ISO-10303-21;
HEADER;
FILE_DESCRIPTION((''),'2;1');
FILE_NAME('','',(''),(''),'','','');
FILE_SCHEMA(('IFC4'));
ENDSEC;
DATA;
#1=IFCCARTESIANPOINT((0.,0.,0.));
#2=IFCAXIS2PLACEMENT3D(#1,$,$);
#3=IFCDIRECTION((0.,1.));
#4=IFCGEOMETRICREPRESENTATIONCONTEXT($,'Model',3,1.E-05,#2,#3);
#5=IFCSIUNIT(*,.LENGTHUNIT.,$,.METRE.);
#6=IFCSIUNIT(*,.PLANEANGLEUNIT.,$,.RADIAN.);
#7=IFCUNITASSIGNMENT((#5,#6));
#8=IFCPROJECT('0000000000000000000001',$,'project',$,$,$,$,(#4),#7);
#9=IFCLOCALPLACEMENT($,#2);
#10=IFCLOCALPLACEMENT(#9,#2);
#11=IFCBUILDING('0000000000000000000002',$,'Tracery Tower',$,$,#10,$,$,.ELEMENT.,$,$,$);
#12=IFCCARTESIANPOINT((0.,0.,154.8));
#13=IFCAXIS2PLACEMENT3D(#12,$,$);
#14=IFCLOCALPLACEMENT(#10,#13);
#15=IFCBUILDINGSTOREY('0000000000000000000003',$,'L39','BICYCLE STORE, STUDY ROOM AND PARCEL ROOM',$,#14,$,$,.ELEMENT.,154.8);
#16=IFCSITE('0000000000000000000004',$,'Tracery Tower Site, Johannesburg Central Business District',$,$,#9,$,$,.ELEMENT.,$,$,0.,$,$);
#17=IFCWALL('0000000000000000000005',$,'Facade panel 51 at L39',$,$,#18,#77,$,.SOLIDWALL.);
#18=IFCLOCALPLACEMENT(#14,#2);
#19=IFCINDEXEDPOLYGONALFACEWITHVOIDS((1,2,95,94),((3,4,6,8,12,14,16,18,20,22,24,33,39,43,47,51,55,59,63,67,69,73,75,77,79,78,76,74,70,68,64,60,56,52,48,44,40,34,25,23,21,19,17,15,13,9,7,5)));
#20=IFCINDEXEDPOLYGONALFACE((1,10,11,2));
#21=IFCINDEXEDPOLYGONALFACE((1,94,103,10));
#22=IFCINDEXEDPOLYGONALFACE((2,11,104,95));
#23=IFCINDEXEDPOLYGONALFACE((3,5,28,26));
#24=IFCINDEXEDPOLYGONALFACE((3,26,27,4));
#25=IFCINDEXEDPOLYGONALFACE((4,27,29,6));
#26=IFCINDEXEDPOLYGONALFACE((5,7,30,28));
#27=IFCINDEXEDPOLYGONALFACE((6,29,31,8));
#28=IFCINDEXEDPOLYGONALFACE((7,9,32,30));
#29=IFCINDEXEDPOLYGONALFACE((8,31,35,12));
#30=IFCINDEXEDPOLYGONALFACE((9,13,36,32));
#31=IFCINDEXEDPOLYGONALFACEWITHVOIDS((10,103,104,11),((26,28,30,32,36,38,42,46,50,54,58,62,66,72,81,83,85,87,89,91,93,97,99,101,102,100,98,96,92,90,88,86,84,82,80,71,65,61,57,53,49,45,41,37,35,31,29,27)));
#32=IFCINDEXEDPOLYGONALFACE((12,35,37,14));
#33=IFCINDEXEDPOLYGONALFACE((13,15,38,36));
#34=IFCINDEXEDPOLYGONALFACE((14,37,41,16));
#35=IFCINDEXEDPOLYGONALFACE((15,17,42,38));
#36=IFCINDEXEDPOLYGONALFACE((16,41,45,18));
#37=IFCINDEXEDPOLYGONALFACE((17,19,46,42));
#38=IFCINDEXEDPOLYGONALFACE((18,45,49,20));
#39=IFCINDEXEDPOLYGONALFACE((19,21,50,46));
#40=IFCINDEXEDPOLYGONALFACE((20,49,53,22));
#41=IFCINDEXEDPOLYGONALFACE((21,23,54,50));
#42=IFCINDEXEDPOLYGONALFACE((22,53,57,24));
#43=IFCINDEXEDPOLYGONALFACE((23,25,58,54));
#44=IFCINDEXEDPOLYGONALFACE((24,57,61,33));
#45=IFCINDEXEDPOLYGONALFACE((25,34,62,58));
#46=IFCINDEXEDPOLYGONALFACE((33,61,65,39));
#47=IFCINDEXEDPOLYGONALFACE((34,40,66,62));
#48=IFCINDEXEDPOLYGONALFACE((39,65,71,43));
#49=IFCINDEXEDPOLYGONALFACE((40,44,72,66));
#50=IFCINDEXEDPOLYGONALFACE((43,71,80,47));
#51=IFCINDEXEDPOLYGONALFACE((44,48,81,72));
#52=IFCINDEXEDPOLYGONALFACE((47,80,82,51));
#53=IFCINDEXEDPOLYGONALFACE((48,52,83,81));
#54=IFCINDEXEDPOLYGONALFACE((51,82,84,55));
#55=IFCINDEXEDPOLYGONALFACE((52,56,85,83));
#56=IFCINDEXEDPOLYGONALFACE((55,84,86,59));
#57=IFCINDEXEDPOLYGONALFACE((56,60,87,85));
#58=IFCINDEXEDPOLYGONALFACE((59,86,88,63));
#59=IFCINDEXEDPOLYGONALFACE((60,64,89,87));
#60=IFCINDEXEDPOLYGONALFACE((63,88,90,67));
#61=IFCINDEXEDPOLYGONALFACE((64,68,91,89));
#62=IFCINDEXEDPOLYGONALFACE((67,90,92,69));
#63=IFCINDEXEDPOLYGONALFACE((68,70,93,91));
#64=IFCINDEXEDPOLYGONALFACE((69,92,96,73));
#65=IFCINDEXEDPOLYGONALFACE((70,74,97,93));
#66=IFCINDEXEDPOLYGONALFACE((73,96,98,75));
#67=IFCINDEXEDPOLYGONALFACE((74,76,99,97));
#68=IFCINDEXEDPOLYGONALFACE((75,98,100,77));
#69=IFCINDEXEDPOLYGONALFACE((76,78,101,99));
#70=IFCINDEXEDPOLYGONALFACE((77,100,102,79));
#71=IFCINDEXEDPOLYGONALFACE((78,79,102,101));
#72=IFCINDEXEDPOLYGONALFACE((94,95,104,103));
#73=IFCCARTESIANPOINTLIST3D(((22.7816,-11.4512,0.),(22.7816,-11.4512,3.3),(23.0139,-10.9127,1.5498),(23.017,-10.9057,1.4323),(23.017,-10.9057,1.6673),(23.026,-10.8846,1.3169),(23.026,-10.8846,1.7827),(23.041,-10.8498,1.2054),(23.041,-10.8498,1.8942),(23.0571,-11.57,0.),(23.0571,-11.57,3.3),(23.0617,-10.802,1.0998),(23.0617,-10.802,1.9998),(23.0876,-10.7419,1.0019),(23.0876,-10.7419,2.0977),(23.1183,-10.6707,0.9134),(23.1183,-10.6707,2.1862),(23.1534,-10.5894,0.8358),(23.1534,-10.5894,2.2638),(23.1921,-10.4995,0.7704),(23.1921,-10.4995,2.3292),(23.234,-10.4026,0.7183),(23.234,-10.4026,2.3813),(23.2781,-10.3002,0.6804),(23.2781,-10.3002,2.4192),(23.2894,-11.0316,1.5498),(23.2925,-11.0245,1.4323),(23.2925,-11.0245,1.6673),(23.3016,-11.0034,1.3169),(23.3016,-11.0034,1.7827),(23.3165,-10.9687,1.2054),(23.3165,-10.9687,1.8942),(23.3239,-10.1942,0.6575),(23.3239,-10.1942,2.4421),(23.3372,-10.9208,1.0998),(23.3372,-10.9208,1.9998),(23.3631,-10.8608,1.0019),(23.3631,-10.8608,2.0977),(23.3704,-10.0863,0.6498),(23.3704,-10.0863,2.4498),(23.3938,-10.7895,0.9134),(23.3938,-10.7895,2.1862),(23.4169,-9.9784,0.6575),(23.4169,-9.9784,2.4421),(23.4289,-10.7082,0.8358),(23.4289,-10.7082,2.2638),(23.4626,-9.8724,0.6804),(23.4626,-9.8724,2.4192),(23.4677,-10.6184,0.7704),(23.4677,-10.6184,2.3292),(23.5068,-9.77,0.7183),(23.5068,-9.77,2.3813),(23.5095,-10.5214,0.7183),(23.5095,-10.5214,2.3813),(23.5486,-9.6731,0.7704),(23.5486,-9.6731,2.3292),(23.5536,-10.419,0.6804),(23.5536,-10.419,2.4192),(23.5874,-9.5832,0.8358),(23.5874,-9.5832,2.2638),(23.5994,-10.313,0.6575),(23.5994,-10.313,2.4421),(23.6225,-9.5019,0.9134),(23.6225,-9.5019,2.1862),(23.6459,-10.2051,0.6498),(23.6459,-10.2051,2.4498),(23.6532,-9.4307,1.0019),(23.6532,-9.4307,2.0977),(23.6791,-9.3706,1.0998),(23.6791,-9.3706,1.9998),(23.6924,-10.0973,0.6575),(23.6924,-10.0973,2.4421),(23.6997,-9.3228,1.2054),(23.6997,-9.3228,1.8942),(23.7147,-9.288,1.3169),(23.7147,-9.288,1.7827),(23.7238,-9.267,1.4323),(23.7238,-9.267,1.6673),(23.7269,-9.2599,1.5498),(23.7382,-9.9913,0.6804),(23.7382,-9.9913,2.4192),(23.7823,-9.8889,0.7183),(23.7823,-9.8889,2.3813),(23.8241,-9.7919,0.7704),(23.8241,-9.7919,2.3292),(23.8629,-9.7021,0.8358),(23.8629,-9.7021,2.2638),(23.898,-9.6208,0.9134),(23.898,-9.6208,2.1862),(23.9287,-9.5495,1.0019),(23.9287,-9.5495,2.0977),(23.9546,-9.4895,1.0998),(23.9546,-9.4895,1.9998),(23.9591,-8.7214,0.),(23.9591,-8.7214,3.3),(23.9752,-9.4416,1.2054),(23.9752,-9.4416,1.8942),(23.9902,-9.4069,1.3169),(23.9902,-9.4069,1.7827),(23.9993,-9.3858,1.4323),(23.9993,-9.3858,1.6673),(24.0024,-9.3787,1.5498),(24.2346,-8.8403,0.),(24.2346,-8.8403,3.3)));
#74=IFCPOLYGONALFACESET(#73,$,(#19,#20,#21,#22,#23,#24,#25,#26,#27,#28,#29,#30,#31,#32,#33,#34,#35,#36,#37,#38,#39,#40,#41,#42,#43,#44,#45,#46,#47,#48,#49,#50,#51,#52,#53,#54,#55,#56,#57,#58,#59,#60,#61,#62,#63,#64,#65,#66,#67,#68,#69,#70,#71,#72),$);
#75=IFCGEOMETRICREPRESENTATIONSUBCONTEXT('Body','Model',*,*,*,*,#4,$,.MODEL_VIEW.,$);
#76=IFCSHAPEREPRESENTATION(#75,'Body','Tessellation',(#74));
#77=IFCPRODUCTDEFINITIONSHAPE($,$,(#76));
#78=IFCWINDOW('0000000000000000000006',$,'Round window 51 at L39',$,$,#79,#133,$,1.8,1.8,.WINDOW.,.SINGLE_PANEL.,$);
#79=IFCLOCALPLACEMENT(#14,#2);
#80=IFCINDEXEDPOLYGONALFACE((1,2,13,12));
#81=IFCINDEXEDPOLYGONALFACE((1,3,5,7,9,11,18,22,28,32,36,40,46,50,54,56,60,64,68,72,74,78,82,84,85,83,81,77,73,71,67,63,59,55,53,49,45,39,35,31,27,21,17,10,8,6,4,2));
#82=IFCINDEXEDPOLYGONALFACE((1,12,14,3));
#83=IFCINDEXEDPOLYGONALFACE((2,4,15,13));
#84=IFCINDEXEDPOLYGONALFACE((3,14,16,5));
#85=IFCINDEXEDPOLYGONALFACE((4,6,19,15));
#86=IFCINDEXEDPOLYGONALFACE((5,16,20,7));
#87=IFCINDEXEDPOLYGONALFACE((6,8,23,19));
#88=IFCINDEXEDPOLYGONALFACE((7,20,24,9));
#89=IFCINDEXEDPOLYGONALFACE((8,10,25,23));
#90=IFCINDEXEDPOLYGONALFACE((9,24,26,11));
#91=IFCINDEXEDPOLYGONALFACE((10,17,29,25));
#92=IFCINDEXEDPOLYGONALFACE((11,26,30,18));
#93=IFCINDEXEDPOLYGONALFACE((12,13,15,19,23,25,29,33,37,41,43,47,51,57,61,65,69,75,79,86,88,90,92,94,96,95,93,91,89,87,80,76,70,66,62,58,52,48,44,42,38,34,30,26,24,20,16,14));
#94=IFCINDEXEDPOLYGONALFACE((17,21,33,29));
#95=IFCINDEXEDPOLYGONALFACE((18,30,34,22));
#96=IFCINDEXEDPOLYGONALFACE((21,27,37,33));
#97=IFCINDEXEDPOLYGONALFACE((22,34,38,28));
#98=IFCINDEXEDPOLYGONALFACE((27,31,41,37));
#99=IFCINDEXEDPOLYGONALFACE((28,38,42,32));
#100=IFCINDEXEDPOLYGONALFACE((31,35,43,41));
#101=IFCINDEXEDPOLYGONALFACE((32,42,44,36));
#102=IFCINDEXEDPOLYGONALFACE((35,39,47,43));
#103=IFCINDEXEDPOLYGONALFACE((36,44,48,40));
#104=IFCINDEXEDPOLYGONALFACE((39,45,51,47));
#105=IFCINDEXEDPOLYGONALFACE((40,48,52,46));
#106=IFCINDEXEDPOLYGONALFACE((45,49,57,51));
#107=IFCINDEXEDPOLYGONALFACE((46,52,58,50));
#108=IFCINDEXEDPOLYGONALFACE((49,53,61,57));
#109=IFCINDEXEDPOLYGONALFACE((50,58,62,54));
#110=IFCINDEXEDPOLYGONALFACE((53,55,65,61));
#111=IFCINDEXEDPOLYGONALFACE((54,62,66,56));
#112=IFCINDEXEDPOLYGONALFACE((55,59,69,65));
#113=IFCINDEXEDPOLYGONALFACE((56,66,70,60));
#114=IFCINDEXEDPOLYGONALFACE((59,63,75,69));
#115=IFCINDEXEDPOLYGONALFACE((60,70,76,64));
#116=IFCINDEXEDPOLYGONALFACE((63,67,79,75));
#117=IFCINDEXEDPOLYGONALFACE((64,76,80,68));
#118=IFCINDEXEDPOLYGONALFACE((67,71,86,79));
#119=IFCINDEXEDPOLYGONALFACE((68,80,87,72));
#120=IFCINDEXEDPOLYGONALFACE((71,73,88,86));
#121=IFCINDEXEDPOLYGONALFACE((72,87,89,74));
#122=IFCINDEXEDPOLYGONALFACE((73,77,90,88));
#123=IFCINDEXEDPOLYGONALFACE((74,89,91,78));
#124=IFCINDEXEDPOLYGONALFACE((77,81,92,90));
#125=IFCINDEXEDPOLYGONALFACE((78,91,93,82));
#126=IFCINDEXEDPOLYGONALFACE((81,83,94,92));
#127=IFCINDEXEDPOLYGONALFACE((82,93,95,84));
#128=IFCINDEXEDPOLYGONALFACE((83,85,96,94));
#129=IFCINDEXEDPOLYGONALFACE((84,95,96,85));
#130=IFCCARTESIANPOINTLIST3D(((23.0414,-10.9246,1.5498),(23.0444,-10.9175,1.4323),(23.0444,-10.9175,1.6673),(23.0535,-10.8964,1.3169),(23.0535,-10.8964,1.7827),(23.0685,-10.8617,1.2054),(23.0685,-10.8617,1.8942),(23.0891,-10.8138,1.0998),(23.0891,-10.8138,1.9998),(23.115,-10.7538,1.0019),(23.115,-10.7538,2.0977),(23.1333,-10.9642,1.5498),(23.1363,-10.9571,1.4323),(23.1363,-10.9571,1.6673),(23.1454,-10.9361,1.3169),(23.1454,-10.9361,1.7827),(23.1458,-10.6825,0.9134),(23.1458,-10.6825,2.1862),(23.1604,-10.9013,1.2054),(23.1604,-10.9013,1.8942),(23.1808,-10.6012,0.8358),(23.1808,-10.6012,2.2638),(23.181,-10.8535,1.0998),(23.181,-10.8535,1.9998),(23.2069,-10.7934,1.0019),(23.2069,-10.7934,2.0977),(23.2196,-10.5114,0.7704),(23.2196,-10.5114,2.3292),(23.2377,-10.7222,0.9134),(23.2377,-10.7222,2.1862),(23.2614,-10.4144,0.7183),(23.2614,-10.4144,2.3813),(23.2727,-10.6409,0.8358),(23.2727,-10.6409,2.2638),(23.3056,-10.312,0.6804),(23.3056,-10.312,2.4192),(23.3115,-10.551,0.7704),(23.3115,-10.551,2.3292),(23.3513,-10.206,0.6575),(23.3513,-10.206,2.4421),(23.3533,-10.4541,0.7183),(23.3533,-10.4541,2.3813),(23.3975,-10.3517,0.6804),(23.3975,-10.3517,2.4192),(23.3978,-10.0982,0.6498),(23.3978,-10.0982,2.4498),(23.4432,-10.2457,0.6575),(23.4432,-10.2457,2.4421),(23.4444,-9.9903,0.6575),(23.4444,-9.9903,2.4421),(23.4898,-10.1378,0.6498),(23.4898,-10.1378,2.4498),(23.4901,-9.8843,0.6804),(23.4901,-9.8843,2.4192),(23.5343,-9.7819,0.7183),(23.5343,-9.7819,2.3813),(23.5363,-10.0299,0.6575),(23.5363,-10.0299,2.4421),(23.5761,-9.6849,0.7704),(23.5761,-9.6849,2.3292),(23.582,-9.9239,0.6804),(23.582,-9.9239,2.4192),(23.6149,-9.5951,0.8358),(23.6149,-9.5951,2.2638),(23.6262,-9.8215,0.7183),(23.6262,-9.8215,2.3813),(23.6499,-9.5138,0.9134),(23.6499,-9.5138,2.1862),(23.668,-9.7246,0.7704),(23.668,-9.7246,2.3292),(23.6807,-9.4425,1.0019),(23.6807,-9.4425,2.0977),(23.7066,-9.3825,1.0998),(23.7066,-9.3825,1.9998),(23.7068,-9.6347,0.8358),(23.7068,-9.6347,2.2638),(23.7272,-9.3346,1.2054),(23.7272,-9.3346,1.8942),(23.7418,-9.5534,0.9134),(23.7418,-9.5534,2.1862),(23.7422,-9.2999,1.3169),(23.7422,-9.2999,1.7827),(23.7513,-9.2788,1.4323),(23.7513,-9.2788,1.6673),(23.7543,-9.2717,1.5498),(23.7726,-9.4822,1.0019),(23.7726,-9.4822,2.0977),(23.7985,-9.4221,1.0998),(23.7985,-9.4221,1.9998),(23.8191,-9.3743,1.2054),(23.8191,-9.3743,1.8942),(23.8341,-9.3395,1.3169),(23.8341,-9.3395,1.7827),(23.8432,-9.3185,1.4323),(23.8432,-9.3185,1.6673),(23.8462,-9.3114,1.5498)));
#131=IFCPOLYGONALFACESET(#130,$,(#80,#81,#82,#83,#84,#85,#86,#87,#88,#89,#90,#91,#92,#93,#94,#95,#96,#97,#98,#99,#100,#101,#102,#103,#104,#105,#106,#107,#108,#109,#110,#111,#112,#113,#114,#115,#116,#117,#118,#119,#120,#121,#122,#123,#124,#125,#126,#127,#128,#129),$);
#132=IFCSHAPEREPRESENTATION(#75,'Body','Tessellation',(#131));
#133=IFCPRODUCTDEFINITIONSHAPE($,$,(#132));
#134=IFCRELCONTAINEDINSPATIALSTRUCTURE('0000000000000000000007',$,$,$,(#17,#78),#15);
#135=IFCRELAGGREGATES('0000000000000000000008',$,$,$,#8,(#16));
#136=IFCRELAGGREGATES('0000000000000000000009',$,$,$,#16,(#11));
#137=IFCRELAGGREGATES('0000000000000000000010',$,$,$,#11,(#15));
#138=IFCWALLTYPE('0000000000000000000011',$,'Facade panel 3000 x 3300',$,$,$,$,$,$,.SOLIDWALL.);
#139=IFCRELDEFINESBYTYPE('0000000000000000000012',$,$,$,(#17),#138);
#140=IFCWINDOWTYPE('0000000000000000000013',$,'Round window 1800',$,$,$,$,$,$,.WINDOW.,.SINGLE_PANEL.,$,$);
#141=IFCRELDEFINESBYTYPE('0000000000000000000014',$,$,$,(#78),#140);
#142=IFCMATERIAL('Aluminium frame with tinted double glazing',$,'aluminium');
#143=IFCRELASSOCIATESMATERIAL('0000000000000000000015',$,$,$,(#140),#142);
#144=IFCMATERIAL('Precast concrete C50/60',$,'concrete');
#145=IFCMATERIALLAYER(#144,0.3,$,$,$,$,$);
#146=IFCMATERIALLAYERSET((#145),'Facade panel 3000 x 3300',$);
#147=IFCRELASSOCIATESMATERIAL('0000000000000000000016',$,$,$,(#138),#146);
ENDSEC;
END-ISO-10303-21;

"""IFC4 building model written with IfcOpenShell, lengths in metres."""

from ifc_helpers import new_model, si_unit, direction, frame, frame_2d, origin, origin_2d, place, context, subcontext, project, spatial, rectangle, circle, extrude, material, layer, layer_set, type_object, element, fill, save


model = new_model("IFC4")

# Units and contexts
model_context = context("Model", 3, precision=1e-05, world=origin(), true_north=direction((0.0, 1.0)))
body_context = subcontext(model_context, "Body", "Model", "MODEL_VIEW")
ifc_project = project(units=[si_unit("LENGTHUNIT", "METRE"), si_unit("PLANEANGLEUNIT", "RADIAN")], contexts=[model_context])

# Site, building, storey
site_placement = place(None, origin())
site = spatial("IfcSite", under=ifc_project, at=site_placement, Name="Tracery Tower Site, Johannesburg Central Business District", CompositionType="ELEMENT", RefElevation=0.0)
building_placement = place(site_placement, origin())
building = spatial("IfcBuilding", under=site, at=building_placement, Name="Tracery Tower", CompositionType="ELEMENT")
storey_placement = place(building_placement, frame((0.0, 0.0, 154.8)))
storey = spatial("IfcBuildingStorey", under=building, at=storey_placement, Name="L39", Description="BICYCLE STORE, STUDY ROOM AND PARCEL ROOM", CompositionType="ELEMENT", Elevation=154.8)

# Wall, opening, window
ifc_material_1 = material(Name="Aluminium frame with tinted double glazing", Category="aluminium")
window_type = type_object("IfcWindowType", Name="Round window 1800", PartitioningType="SINGLE_PANEL", PredefinedType="WINDOW", material=ifc_material_1)
ifc_material_2 = material(Name="Precast concrete C50/60", Category="concrete")
ifc_layer_1 = layer(ifc_material_2, 0.3)
ifc_layer_set_1 = layer_set([ifc_layer_1], Name="Facade panel 3000 x 3300")
wall_type_1 = type_object("IfcWallType", Name="Facade panel 3000 x 3300", PredefinedType="SOLIDWALL", material=ifc_layer_set_1)
wall_1_placement = place(storey_placement, frame((22.9194, -11.5105, 0.0), z_axis=(0.0, 0.0, 1.0), x_axis=(0.396079, 0.918216, 0.0)))
wall_1 = element("IfcWall", 1, at=wall_1_placement, inside=storey, type_object=wall_type_1, Name="Facade panel 51 at L39", PredefinedType="SOLIDWALL", context=body_context, shape_type="SweptSolid", body=[
    extrude(rectangle(XDim=2.9729, YDim=0.3, at=frame_2d((1.4863, 0.0))), origin(), (0.0, 0.0, 1.0), 3.3),
])
opening_1_placement = place(wall_1_placement, frame((1.4863, 0.0, 1.5498)))
opening_1 = element("IfcOpeningElement", 2, at=opening_1_placement, cuts=wall_1, PredefinedType="OPENING", context=body_context, shape_type="SweptSolid", body=[
    extrude(circle(Radius=0.9, at=origin_2d()), frame((0.0, 0.1599, 0.0), z_axis=(0.0, -1.0, 0.0), x_axis=(1.0, 0.0, 0.0)), (0.0, 0.0, 1.0), 0.3201),
])
window_1_placement = place(opening_1_placement, origin())
window_1 = element("IfcWindow", 3, at=window_1_placement, inside=storey, type_object=window_type, Name="Round window 51 at L39", OverallHeight=1.8, OverallWidth=1.8, PartitioningType="SINGLE_PANEL", PredefinedType="WINDOW", context=body_context, shape_type="SweptSolid", body=[
    extrude(circle(Radius=0.9, at=origin_2d()), frame((0.0, 0.1201, 0.0), z_axis=(0.0, -1.0, 0.0), x_axis=(1.0, 0.0, 0.0)), (0.0, 0.0, 1.0), 0.1001),
])
fill(opening_1, window_1)

save(model, "model.ifc")
